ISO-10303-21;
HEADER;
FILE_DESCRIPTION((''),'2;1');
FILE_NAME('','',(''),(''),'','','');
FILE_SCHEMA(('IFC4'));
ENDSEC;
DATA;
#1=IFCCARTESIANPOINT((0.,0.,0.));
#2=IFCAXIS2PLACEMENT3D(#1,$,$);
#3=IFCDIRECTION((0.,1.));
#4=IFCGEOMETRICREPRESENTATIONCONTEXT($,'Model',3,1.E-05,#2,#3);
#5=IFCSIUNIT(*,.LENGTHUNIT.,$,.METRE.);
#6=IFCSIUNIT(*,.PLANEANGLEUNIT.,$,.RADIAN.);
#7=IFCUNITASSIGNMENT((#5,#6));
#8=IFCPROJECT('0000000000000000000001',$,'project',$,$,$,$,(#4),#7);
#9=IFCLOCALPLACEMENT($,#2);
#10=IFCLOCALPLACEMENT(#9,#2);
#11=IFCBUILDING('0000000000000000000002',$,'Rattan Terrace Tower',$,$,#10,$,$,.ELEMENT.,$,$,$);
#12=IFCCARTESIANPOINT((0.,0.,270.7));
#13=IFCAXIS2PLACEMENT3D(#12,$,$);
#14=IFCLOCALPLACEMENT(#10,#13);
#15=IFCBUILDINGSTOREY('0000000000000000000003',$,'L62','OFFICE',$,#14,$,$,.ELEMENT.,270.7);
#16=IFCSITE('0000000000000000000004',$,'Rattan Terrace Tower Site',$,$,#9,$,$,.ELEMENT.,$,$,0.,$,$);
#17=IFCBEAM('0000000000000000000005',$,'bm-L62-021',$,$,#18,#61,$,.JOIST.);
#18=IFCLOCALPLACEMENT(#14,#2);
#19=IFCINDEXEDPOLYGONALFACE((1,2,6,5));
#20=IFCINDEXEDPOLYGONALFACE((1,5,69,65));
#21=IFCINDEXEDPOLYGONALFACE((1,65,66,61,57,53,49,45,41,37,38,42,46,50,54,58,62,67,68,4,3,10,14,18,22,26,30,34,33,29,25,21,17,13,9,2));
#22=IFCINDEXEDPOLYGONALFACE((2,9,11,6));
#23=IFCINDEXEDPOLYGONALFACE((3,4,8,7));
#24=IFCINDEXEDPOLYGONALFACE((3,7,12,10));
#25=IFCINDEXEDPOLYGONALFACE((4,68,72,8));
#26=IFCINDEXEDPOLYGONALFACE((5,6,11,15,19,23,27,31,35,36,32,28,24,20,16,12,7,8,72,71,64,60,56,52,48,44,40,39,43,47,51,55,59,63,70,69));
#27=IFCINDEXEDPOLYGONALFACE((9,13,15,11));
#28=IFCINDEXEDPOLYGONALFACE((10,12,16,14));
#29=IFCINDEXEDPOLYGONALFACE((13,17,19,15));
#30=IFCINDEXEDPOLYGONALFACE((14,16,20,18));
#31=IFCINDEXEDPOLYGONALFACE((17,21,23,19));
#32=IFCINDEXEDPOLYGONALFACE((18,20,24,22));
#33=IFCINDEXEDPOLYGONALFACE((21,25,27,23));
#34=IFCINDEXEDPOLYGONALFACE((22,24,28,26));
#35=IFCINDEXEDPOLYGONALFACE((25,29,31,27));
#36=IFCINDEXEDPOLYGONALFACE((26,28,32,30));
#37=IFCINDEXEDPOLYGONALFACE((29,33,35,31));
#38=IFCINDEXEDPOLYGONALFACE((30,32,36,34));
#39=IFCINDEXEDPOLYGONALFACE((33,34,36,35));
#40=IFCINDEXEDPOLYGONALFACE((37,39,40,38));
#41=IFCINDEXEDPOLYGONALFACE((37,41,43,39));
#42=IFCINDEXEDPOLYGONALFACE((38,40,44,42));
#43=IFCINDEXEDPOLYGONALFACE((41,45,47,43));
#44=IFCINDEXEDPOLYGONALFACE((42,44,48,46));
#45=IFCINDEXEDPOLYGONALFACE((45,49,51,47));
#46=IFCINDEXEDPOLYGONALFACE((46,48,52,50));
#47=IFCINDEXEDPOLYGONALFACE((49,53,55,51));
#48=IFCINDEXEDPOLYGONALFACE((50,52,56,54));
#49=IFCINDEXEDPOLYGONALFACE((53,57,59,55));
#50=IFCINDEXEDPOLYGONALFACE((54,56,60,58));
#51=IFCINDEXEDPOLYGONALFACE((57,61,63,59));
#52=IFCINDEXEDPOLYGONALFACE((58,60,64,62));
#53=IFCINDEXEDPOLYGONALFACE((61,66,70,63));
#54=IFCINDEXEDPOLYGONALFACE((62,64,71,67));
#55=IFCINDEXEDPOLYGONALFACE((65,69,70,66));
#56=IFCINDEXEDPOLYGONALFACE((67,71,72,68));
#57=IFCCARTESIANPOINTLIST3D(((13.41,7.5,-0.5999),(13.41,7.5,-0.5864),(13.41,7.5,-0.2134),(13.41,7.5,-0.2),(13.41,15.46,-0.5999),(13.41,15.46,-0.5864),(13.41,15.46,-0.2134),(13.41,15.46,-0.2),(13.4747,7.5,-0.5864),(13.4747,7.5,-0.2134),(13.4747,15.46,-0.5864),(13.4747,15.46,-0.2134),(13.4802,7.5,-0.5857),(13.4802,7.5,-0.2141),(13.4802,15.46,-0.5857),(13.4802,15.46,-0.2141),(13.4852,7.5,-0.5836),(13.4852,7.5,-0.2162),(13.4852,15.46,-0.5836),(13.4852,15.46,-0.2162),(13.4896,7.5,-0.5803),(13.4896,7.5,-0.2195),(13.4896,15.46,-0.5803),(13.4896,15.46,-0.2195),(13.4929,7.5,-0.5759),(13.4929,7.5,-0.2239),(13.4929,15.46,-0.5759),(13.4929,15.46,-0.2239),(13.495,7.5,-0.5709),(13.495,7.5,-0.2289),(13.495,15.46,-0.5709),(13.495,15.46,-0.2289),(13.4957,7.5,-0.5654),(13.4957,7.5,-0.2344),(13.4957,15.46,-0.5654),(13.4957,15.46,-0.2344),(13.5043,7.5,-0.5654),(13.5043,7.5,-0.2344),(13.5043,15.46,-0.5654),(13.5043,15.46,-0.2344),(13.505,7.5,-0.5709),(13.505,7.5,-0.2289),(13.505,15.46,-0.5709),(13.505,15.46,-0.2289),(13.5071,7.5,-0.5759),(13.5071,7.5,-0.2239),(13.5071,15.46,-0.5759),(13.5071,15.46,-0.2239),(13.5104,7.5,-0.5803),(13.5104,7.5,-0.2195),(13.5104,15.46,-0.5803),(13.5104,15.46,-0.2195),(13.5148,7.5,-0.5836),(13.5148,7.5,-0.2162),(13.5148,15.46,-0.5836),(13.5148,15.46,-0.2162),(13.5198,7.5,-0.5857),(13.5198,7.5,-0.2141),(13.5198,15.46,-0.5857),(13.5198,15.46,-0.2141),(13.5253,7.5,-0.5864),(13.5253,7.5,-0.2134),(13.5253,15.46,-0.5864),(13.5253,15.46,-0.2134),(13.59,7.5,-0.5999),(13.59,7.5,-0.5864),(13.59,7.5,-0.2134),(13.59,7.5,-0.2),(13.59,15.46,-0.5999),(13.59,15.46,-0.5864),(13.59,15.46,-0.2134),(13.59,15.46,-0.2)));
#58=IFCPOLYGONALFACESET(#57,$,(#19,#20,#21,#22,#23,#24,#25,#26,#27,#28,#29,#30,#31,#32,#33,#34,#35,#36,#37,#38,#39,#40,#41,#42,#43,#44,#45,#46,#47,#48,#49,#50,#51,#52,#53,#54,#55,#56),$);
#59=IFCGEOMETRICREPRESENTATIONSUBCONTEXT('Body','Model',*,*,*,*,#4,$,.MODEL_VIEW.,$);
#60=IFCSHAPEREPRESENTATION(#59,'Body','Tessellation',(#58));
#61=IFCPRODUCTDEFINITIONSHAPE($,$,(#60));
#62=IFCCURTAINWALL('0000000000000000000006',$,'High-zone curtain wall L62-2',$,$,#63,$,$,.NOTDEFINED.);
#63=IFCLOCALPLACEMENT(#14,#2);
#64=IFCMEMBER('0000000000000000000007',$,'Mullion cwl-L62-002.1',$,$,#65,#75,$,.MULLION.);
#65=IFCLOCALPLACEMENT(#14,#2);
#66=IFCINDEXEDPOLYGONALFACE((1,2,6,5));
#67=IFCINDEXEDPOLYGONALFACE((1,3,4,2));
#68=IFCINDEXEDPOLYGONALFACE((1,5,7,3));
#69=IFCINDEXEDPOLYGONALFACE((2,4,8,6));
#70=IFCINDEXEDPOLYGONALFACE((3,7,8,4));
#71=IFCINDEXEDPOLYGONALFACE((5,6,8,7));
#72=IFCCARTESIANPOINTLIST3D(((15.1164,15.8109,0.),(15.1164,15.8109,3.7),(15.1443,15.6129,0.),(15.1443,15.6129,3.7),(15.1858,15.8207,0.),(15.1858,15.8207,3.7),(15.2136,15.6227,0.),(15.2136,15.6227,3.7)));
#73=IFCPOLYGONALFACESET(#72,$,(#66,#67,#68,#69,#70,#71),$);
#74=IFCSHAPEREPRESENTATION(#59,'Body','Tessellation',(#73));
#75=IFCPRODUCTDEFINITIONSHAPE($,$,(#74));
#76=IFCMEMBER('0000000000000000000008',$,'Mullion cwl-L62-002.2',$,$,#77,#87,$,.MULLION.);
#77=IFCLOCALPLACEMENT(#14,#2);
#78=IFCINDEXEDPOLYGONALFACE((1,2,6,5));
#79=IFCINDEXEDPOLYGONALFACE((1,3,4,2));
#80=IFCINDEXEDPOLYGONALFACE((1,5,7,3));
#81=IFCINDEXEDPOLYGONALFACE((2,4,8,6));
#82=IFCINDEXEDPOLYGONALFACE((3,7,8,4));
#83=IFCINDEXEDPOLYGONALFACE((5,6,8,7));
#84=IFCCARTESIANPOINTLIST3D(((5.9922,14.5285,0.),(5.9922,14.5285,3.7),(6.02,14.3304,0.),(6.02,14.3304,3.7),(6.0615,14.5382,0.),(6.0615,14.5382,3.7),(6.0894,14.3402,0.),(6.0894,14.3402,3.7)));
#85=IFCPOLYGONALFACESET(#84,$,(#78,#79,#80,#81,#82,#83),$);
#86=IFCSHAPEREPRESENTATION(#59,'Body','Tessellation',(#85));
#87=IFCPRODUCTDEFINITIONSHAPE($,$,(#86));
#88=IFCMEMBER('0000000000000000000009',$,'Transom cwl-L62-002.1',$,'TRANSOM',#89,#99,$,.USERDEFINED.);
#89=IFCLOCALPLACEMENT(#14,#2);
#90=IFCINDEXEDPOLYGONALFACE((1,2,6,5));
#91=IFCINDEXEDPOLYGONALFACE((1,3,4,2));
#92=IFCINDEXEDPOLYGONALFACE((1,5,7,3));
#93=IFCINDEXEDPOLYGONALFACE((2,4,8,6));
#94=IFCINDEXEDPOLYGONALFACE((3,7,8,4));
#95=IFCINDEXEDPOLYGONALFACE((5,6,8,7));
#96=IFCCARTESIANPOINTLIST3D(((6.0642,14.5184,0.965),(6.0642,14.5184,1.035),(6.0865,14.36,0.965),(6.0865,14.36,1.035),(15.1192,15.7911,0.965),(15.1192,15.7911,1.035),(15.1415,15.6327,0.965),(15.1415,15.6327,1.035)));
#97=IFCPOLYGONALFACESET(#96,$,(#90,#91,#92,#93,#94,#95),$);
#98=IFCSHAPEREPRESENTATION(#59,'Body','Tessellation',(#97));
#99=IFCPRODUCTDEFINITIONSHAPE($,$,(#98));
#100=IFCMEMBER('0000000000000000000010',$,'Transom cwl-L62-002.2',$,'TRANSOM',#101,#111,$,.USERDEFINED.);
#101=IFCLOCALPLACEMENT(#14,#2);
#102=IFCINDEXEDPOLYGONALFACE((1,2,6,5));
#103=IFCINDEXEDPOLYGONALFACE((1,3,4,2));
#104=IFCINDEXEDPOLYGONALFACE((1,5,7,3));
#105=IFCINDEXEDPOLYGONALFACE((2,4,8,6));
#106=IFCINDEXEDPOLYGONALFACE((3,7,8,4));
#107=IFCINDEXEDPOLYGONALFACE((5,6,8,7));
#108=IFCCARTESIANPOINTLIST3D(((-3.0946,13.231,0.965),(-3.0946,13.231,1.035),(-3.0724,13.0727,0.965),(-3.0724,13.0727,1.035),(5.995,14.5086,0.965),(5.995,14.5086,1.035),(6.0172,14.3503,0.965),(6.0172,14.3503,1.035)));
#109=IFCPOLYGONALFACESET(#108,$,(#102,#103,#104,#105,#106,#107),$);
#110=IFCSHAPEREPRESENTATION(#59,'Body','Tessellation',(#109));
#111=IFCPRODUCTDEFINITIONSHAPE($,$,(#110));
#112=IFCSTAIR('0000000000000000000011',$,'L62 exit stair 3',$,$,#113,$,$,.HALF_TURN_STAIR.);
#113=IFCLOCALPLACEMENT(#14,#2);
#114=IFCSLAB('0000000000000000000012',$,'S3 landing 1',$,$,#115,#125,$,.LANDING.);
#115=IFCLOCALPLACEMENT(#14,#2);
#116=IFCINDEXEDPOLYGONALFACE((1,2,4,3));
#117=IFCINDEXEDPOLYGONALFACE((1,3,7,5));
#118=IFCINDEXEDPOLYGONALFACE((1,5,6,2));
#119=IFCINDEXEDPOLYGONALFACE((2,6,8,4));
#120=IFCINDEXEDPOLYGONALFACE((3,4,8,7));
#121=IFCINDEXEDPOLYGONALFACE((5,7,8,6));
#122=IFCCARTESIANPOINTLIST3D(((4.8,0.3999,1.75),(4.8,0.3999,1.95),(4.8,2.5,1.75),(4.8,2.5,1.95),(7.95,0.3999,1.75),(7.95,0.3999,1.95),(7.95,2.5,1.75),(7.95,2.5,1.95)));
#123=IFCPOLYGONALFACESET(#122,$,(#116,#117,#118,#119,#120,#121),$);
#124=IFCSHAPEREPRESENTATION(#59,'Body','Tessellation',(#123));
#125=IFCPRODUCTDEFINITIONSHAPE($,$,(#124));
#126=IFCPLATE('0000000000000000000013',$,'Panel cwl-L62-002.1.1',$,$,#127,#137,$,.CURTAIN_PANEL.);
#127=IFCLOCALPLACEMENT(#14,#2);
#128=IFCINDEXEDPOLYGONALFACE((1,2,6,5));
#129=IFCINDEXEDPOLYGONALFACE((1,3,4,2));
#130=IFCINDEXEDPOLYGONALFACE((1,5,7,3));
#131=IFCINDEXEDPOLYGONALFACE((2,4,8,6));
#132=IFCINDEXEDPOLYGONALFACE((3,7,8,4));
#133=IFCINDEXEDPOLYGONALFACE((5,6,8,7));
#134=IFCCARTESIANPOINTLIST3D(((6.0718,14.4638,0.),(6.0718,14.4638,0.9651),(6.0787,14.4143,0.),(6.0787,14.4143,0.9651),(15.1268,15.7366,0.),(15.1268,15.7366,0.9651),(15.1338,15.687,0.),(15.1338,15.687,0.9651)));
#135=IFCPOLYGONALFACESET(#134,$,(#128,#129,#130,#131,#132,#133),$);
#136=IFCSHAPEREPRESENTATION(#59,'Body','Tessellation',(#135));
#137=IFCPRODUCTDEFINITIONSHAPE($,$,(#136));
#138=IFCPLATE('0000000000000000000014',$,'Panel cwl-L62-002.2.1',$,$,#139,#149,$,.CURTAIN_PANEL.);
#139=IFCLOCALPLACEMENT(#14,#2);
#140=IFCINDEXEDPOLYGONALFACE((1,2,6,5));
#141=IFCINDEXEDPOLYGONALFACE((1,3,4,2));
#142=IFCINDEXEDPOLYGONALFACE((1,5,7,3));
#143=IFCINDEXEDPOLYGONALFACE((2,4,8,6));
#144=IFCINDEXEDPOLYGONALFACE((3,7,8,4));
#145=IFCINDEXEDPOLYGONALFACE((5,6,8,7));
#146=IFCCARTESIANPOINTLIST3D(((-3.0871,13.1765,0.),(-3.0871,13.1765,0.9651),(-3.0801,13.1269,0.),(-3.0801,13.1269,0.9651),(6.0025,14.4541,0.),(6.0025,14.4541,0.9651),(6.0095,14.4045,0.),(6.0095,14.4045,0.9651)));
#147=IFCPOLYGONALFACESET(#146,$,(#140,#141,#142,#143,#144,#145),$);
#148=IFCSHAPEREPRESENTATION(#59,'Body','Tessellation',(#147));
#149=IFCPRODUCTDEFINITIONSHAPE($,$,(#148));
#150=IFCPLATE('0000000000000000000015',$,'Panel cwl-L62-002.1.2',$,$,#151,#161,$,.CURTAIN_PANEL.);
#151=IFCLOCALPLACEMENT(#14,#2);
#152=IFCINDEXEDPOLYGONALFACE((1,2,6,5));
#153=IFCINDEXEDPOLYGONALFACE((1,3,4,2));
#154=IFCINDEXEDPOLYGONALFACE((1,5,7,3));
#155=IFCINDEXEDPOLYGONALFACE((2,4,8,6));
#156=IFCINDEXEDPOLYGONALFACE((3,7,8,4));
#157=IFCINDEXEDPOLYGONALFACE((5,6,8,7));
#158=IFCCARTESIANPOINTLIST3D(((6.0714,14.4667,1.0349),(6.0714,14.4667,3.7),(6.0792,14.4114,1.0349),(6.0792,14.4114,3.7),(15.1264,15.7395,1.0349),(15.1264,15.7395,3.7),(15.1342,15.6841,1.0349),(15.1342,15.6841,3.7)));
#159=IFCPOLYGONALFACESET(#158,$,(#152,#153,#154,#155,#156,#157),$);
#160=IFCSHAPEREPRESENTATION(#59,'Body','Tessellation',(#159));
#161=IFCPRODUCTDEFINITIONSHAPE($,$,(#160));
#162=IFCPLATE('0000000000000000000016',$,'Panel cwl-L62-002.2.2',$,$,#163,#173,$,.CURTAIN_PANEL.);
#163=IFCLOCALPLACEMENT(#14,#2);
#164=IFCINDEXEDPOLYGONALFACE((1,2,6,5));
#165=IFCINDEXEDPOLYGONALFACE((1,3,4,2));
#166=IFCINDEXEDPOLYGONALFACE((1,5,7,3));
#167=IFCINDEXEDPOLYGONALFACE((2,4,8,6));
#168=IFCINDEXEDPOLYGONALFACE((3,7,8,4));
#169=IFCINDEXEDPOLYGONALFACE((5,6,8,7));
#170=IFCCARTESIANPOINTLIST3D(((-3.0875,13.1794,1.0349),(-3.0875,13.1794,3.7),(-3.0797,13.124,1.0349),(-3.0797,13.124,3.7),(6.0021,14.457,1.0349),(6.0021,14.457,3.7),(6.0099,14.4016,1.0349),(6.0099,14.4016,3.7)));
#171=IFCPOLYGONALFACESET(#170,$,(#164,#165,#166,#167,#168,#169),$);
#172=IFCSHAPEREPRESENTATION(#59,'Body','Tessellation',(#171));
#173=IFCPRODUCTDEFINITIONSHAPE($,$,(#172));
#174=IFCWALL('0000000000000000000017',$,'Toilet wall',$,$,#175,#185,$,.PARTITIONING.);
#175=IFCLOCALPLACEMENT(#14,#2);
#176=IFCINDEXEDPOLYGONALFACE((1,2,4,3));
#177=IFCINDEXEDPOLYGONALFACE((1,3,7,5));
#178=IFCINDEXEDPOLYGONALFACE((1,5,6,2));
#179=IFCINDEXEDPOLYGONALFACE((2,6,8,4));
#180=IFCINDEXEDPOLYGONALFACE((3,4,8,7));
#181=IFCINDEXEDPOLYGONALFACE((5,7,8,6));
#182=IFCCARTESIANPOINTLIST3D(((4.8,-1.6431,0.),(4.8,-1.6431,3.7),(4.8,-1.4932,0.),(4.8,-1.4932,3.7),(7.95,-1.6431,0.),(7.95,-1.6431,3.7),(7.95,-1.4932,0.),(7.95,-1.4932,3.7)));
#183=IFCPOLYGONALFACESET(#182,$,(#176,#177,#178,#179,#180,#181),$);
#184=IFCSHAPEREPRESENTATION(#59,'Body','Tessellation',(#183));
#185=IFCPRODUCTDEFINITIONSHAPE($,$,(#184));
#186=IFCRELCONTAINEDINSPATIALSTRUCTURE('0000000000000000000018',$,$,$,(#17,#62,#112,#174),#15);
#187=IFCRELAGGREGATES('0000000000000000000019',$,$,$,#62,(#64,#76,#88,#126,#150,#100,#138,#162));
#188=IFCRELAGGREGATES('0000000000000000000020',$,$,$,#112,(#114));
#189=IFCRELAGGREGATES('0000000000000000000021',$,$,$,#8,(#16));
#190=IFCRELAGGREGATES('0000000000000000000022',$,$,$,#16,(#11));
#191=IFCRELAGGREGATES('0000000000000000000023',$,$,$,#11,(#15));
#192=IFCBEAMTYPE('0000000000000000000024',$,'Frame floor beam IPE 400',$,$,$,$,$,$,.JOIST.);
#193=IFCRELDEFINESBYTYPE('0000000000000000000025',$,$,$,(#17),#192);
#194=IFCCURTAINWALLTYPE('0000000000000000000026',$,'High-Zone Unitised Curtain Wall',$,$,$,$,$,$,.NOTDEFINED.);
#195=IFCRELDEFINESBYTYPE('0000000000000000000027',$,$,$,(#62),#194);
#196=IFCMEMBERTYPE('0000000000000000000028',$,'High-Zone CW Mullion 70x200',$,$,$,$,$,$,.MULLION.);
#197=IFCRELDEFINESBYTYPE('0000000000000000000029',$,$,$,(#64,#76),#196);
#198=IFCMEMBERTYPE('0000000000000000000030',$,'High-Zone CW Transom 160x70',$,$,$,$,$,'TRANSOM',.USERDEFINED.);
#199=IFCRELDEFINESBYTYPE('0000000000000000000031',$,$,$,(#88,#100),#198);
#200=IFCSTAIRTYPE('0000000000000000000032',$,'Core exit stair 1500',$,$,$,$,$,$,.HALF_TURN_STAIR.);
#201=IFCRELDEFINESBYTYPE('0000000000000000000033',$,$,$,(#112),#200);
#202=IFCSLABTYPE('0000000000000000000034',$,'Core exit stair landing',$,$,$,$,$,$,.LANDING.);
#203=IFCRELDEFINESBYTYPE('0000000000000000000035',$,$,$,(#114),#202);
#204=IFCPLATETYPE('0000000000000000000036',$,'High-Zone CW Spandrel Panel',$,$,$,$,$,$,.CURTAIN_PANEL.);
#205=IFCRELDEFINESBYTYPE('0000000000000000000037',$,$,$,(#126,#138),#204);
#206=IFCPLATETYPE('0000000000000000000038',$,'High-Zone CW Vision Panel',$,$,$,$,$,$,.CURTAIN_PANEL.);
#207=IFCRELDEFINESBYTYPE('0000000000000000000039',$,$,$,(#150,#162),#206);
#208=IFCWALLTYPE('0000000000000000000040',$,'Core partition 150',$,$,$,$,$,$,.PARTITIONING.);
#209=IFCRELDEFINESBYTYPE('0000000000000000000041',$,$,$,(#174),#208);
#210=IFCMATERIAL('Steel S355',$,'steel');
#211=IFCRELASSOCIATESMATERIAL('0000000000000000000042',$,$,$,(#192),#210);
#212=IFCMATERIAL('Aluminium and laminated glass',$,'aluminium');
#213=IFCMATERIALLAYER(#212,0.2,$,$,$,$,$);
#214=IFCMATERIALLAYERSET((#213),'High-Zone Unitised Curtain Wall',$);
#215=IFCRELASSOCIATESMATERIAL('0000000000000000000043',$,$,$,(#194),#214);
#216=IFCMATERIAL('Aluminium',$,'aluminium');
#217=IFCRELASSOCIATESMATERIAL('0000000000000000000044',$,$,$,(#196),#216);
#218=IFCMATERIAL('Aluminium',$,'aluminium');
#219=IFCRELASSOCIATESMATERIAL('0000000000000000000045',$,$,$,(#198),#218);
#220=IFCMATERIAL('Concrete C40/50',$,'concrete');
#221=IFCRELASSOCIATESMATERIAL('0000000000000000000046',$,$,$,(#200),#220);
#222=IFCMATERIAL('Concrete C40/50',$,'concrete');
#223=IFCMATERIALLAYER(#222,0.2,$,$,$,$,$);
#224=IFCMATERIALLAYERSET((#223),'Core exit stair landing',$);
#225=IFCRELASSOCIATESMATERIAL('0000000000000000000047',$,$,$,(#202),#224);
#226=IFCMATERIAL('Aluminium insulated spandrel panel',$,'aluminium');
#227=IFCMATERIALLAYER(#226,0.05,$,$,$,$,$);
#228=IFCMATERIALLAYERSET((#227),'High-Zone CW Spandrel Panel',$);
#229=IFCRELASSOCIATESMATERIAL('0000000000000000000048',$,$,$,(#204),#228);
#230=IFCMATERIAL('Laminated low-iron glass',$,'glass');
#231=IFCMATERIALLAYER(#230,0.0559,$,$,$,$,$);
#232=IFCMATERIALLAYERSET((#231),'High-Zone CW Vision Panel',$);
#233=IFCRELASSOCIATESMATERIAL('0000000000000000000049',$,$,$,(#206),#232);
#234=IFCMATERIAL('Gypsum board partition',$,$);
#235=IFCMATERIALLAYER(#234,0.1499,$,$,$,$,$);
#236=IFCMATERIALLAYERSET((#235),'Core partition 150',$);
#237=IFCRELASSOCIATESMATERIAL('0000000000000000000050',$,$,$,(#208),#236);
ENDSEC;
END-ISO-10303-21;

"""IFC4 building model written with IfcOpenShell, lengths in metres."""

from ifc_helpers import new_model, si_unit, direction, frame, frame_2d, origin, origin_2d, place, context, subcontext, project, spatial, polyline, rectangle, i_section, outline, extrude, material, layer, layer_set, material_profile, profile_set, type_object, element, aggregate, save


model = new_model("IFC4")

# Units and contexts
model_context = context("Model", 3, precision=1e-05, world=origin(), true_north=direction((0.0, 1.0)))
body_context = subcontext(model_context, "Body", "Model", "MODEL_VIEW")
ifc_project = project(units=[si_unit("LENGTHUNIT", "METRE"), si_unit("PLANEANGLEUNIT", "RADIAN")], contexts=[model_context])

# Site, building, storey
site_placement = place(None, origin())
site = spatial("IfcSite", under=ifc_project, at=site_placement, Name="Rattan Terrace Tower Site", CompositionType="ELEMENT", RefElevation=0.0)
building_placement = place(site_placement, origin())
building = spatial("IfcBuilding", under=site, at=building_placement, Name="Rattan Terrace Tower", CompositionType="ELEMENT")
storey_placement = place(building_placement, frame((0.0, 0.0, 270.7)))
storey = spatial("IfcBuildingStorey", under=building, at=storey_placement, Name="L62", Description="OFFICE", CompositionType="ELEMENT", Elevation=270.7)

# Beam
ifc_material_1 = material(Name="Steel S355", Category="steel")
ifc_material_profile_1 = material_profile(ifc_material_1, i_section(OverallWidth=0.1799, OverallDepth=0.3999, WebThickness=0.0085, FlangeThickness=0.0134, FilletRadius=0.021, at=origin_2d()), Name="IPE 400")
ifc_profile_set_1 = profile_set([ifc_material_profile_1], Name="Steel S355")
beam_type_1 = type_object("IfcBeamType", Name="Frame floor beam IPE 400", PredefinedType="JOIST", material=ifc_profile_set_1)
beam_1_placement = place(storey_placement, frame((13.5, 7.5, -0.3999), z_axis=(0.0, 1.0, 0.0), x_axis=(-1.0, 0.0, 0.0)))
element("IfcBeam", 1, at=beam_1_placement, inside=storey, type_object=beam_type_1, Name="bm-L62-021", PredefinedType="JOIST", context=body_context, shape_type="SweptSolid", body=[
    extrude(i_section(OverallWidth=0.1799, OverallDepth=0.3999, WebThickness=0.0085, FlangeThickness=0.0134, FilletRadius=0.021, at=origin_2d()), origin(), (0.0, 0.0, 1.0), 7.96),
])

# Curtain wall, members
ifc_material_2 = material(Name="Aluminium and laminated glass", Category="aluminium")
ifc_layer_1 = layer(ifc_material_2, 0.2)
ifc_layer_set_1 = layer_set([ifc_layer_1], Name="High-Zone Unitised Curtain Wall")
curtain_wall_type = type_object("IfcCurtainWallType", Name="High-Zone Unitised Curtain Wall", PredefinedType="NOTDEFINED", material=ifc_layer_set_1)
curtain_wall_placement = place(storey_placement, origin())
curtain_wall = element("IfcCurtainWall", 2, at=curtain_wall_placement, inside=storey, type_object=curtain_wall_type, Name="High-zone curtain wall L62-2", PredefinedType="NOTDEFINED")
ifc_material_3 = material(Name="Aluminium", Category="aluminium")
ifc_material_profile_2 = material_profile(ifc_material_3, rectangle(XDim=0.0701, YDim=0.2, at=origin_2d()), Name="Aluminium 70x200")
ifc_profile_set_2 = profile_set([ifc_material_profile_2], Name="Aluminium")
member_type_1 = type_object("IfcMemberType", Name="High-Zone CW Mullion 70x200", PredefinedType="MULLION", material=ifc_profile_set_2)
member_1_placement = place(storey_placement, frame((15.165, 15.7168, 0.0), z_axis=(0.0, 0.0, 1.0), x_axis=(-0.990266, -0.139189, 0.0)))
member_1 = element("IfcMember", 3, at=member_1_placement, type_object=member_type_1, Name="Mullion cwl-L62-002.1", PredefinedType="MULLION", context=body_context, shape_type="SweptSolid", body=[
    extrude(rectangle(XDim=0.0701, YDim=0.2, at=origin_2d()), origin(), (0.0, 0.0, 1.0), 3.7),
])
member_2_placement = place(storey_placement, frame((6.0408, 14.4343, 0.0), z_axis=(0.0, 0.0, 1.0), x_axis=(-0.990266, -0.139189, 0.0)))
member_2 = element("IfcMember", 4, at=member_2_placement, type_object=member_type_1, Name="Mullion cwl-L62-002.2", PredefinedType="MULLION", context=body_context, shape_type="SweptSolid", body=[
    extrude(rectangle(XDim=0.0701, YDim=0.2, at=origin_2d()), origin(), (0.0, 0.0, 1.0), 3.7),
])
ifc_material_4 = material(Name="Aluminium", Category="aluminium")
ifc_material_profile_3 = material_profile(ifc_material_4, rectangle(XDim=0.1599, YDim=0.0701, at=origin_2d()), Name="Aluminium 160x70")
ifc_profile_set_3 = profile_set([ifc_material_profile_3], Name="Aluminium")
member_type_2 = type_object("IfcMemberType", Name="High-Zone CW Transom 160x70", ElementType="TRANSOM", PredefinedType="USERDEFINED", material=ifc_profile_set_3)
member_3_placement = place(storey_placement, frame((15.1304, 15.7119, 1.0), z_axis=(-0.990266, -0.139186, 0.0), x_axis=(0.139186, -0.990266, 0.0)))
member_3 = element("IfcMember", 5, at=member_3_placement, type_object=member_type_2, Name="Transom cwl-L62-002.1", ObjectType="TRANSOM", PredefinedType="USERDEFINED", context=body_context, shape_type="SweptSolid", body=[
    extrude(rectangle(XDim=0.1599, YDim=0.0701, at=origin_2d()), origin(), (0.0, 0.0, 1.0), 9.144),
])
member_4_placement = place(storey_placement, frame((6.0061, 14.4294, 1.0), z_axis=(-0.990266, -0.139187, 0.0), x_axis=(0.139187, -0.990266, 0.0)))
member_4 = element("IfcMember", 6, at=member_4_placement, type_object=member_type_2, Name="Transom cwl-L62-002.2", ObjectType="TRANSOM", PredefinedType="USERDEFINED", context=body_context, shape_type="SweptSolid", body=[
    extrude(rectangle(XDim=0.1599, YDim=0.0701, at=origin_2d()), origin(), (0.0, 0.0, 1.0), 9.179),
])

# Stair, slab
ifc_material_5 = material(Name="Concrete C40/50", Category="concrete")
stair_type = type_object("IfcStairType", Name="Core exit stair 1500", PredefinedType="HALF_TURN_STAIR", material=ifc_material_5)
stair_1_placement = place(storey_placement, origin())
stair_1 = element("IfcStair", 7, at=stair_1_placement, inside=storey, type_object=stair_type, Name="L62 exit stair 3", PredefinedType="HALF_TURN_STAIR")
ifc_material_6 = material(Name="Concrete C40/50", Category="concrete")
ifc_layer_2 = layer(ifc_material_6, 0.2)
ifc_layer_set_2 = layer_set([ifc_layer_2], Name="Core exit stair landing")
slab_type = type_object("IfcSlabType", Name="Core exit stair landing", PredefinedType="LANDING", material=ifc_layer_set_2)
slab_placement = place(storey_placement, frame((0.0, 0.0, 1.75)))
slab = element("IfcSlab", 8, at=slab_placement, type_object=slab_type, Name="S3 landing 1", PredefinedType="LANDING", context=body_context, shape_type="SweptSolid", body=[
    extrude(outline(polyline([(4.8, 2.5), (4.8, 0.3999), (7.95, 0.3999), (7.95, 2.5), (4.8, 2.5)])), origin(), (0.0, 0.0, 1.0), 0.2),
])

# Plates
ifc_material_7 = material(Name="Aluminium insulated spandrel panel", Category="aluminium")
ifc_layer_3 = layer(ifc_material_7, 0.05)
ifc_layer_set_3 = layer_set([ifc_layer_3], Name="High-Zone CW Spandrel Panel")
plate_type_1 = type_object("IfcPlateType", Name="High-Zone CW Spandrel Panel", PredefinedType="CURTAIN_PANEL", material=ifc_layer_set_3)
plate_1_placement = place(storey_placement, frame((10.6028, 15.0754, 0.0), z_axis=(0.0, 0.0, 1.0), x_axis=(-0.990266, -0.139189, 0.0)))
plate_1 = element("IfcPlate", 9, at=plate_1_placement, type_object=plate_type_1, Name="Panel cwl-L62-002.1.1", PredefinedType="CURTAIN_PANEL", context=body_context, shape_type="SweptSolid", body=[
    extrude(rectangle(XDim=9.144, YDim=0.05, at=origin_2d()), origin(), (0.0, 0.0, 1.0), 0.9651),
])
plate_2_placement = place(storey_placement, frame((1.4612, 13.7905, 0.0), z_axis=(0.0, 0.0, 1.0), x_axis=(-0.990266, -0.139189, 0.0)))
plate_2 = element("IfcPlate", 10, at=plate_2_placement, type_object=plate_type_1, Name="Panel cwl-L62-002.2.1", PredefinedType="CURTAIN_PANEL", context=body_context, shape_type="SweptSolid", body=[
    extrude(rectangle(XDim=9.179, YDim=0.05, at=origin_2d()), origin(), (0.0, 0.0, 1.0), 0.9651),
])
ifc_material_8 = material(Name="Laminated low-iron glass", Category="glass")
ifc_layer_4 = layer(ifc_material_8, 0.0559)
ifc_layer_set_4 = layer_set([ifc_layer_4], Name="High-Zone CW Vision Panel")
plate_type_2 = type_object("IfcPlateType", Name="High-Zone CW Vision Panel", PredefinedType="CURTAIN_PANEL", material=ifc_layer_set_4)
plate_3_placement = place(storey_placement, frame((10.6028, 15.0754, 1.0349), z_axis=(0.0, 0.0, 1.0), x_axis=(-0.990266, -0.139189, 0.0)))
plate_3 = element("IfcPlate", 11, at=plate_3_placement, type_object=plate_type_2, Name="Panel cwl-L62-002.1.2", PredefinedType="CURTAIN_PANEL", context=body_context, shape_type="SweptSolid", body=[
    extrude(rectangle(XDim=9.144, YDim=0.0559, at=origin_2d()), origin(), (0.0, 0.0, 1.0), 2.665),
])
plate_4_placement = place(storey_placement, frame((1.4612, 13.7905, 1.0349), z_axis=(0.0, 0.0, 1.0), x_axis=(-0.990266, -0.139189, 0.0)))
plate_4 = element("IfcPlate", 12, at=plate_4_placement, type_object=plate_type_2, Name="Panel cwl-L62-002.2.2", PredefinedType="CURTAIN_PANEL", context=body_context, shape_type="SweptSolid", body=[
    extrude(rectangle(XDim=9.179, YDim=0.0559, at=origin_2d()), origin(), (0.0, 0.0, 1.0), 2.665),
])
aggregate(curtain_wall, [member_1, member_2, member_3, plate_1, plate_3, member_4, plate_2, plate_4])

# Wall
ifc_material_9 = material(Name="Gypsum board partition")
ifc_layer_5 = layer(ifc_material_9, 0.1499)
ifc_layer_set_5 = layer_set([ifc_layer_5], Name="Core partition 150")
wall_type_1 = type_object("IfcWallType", Name="Core partition 150", PredefinedType="PARTITIONING", material=ifc_layer_set_5)
wall_1_placement = place(storey_placement, frame((4.8, -1.5681, 0.0), z_axis=(0.0, 0.0, 1.0), x_axis=(1.0, 0.0, 0.0)))
element("IfcWall", 13, at=wall_1_placement, inside=storey, type_object=wall_type_1, Name="Toilet wall", PredefinedType="PARTITIONING", context=body_context, shape_type="SweptSolid", body=[
    extrude(rectangle(XDim=3.1499, YDim=0.1499, at=frame_2d((1.575, 0.0))), origin(), (0.0, 0.0, 1.0), 3.7),
])

aggregate(stair_1, [slab])

save(model, "model.ifc")
